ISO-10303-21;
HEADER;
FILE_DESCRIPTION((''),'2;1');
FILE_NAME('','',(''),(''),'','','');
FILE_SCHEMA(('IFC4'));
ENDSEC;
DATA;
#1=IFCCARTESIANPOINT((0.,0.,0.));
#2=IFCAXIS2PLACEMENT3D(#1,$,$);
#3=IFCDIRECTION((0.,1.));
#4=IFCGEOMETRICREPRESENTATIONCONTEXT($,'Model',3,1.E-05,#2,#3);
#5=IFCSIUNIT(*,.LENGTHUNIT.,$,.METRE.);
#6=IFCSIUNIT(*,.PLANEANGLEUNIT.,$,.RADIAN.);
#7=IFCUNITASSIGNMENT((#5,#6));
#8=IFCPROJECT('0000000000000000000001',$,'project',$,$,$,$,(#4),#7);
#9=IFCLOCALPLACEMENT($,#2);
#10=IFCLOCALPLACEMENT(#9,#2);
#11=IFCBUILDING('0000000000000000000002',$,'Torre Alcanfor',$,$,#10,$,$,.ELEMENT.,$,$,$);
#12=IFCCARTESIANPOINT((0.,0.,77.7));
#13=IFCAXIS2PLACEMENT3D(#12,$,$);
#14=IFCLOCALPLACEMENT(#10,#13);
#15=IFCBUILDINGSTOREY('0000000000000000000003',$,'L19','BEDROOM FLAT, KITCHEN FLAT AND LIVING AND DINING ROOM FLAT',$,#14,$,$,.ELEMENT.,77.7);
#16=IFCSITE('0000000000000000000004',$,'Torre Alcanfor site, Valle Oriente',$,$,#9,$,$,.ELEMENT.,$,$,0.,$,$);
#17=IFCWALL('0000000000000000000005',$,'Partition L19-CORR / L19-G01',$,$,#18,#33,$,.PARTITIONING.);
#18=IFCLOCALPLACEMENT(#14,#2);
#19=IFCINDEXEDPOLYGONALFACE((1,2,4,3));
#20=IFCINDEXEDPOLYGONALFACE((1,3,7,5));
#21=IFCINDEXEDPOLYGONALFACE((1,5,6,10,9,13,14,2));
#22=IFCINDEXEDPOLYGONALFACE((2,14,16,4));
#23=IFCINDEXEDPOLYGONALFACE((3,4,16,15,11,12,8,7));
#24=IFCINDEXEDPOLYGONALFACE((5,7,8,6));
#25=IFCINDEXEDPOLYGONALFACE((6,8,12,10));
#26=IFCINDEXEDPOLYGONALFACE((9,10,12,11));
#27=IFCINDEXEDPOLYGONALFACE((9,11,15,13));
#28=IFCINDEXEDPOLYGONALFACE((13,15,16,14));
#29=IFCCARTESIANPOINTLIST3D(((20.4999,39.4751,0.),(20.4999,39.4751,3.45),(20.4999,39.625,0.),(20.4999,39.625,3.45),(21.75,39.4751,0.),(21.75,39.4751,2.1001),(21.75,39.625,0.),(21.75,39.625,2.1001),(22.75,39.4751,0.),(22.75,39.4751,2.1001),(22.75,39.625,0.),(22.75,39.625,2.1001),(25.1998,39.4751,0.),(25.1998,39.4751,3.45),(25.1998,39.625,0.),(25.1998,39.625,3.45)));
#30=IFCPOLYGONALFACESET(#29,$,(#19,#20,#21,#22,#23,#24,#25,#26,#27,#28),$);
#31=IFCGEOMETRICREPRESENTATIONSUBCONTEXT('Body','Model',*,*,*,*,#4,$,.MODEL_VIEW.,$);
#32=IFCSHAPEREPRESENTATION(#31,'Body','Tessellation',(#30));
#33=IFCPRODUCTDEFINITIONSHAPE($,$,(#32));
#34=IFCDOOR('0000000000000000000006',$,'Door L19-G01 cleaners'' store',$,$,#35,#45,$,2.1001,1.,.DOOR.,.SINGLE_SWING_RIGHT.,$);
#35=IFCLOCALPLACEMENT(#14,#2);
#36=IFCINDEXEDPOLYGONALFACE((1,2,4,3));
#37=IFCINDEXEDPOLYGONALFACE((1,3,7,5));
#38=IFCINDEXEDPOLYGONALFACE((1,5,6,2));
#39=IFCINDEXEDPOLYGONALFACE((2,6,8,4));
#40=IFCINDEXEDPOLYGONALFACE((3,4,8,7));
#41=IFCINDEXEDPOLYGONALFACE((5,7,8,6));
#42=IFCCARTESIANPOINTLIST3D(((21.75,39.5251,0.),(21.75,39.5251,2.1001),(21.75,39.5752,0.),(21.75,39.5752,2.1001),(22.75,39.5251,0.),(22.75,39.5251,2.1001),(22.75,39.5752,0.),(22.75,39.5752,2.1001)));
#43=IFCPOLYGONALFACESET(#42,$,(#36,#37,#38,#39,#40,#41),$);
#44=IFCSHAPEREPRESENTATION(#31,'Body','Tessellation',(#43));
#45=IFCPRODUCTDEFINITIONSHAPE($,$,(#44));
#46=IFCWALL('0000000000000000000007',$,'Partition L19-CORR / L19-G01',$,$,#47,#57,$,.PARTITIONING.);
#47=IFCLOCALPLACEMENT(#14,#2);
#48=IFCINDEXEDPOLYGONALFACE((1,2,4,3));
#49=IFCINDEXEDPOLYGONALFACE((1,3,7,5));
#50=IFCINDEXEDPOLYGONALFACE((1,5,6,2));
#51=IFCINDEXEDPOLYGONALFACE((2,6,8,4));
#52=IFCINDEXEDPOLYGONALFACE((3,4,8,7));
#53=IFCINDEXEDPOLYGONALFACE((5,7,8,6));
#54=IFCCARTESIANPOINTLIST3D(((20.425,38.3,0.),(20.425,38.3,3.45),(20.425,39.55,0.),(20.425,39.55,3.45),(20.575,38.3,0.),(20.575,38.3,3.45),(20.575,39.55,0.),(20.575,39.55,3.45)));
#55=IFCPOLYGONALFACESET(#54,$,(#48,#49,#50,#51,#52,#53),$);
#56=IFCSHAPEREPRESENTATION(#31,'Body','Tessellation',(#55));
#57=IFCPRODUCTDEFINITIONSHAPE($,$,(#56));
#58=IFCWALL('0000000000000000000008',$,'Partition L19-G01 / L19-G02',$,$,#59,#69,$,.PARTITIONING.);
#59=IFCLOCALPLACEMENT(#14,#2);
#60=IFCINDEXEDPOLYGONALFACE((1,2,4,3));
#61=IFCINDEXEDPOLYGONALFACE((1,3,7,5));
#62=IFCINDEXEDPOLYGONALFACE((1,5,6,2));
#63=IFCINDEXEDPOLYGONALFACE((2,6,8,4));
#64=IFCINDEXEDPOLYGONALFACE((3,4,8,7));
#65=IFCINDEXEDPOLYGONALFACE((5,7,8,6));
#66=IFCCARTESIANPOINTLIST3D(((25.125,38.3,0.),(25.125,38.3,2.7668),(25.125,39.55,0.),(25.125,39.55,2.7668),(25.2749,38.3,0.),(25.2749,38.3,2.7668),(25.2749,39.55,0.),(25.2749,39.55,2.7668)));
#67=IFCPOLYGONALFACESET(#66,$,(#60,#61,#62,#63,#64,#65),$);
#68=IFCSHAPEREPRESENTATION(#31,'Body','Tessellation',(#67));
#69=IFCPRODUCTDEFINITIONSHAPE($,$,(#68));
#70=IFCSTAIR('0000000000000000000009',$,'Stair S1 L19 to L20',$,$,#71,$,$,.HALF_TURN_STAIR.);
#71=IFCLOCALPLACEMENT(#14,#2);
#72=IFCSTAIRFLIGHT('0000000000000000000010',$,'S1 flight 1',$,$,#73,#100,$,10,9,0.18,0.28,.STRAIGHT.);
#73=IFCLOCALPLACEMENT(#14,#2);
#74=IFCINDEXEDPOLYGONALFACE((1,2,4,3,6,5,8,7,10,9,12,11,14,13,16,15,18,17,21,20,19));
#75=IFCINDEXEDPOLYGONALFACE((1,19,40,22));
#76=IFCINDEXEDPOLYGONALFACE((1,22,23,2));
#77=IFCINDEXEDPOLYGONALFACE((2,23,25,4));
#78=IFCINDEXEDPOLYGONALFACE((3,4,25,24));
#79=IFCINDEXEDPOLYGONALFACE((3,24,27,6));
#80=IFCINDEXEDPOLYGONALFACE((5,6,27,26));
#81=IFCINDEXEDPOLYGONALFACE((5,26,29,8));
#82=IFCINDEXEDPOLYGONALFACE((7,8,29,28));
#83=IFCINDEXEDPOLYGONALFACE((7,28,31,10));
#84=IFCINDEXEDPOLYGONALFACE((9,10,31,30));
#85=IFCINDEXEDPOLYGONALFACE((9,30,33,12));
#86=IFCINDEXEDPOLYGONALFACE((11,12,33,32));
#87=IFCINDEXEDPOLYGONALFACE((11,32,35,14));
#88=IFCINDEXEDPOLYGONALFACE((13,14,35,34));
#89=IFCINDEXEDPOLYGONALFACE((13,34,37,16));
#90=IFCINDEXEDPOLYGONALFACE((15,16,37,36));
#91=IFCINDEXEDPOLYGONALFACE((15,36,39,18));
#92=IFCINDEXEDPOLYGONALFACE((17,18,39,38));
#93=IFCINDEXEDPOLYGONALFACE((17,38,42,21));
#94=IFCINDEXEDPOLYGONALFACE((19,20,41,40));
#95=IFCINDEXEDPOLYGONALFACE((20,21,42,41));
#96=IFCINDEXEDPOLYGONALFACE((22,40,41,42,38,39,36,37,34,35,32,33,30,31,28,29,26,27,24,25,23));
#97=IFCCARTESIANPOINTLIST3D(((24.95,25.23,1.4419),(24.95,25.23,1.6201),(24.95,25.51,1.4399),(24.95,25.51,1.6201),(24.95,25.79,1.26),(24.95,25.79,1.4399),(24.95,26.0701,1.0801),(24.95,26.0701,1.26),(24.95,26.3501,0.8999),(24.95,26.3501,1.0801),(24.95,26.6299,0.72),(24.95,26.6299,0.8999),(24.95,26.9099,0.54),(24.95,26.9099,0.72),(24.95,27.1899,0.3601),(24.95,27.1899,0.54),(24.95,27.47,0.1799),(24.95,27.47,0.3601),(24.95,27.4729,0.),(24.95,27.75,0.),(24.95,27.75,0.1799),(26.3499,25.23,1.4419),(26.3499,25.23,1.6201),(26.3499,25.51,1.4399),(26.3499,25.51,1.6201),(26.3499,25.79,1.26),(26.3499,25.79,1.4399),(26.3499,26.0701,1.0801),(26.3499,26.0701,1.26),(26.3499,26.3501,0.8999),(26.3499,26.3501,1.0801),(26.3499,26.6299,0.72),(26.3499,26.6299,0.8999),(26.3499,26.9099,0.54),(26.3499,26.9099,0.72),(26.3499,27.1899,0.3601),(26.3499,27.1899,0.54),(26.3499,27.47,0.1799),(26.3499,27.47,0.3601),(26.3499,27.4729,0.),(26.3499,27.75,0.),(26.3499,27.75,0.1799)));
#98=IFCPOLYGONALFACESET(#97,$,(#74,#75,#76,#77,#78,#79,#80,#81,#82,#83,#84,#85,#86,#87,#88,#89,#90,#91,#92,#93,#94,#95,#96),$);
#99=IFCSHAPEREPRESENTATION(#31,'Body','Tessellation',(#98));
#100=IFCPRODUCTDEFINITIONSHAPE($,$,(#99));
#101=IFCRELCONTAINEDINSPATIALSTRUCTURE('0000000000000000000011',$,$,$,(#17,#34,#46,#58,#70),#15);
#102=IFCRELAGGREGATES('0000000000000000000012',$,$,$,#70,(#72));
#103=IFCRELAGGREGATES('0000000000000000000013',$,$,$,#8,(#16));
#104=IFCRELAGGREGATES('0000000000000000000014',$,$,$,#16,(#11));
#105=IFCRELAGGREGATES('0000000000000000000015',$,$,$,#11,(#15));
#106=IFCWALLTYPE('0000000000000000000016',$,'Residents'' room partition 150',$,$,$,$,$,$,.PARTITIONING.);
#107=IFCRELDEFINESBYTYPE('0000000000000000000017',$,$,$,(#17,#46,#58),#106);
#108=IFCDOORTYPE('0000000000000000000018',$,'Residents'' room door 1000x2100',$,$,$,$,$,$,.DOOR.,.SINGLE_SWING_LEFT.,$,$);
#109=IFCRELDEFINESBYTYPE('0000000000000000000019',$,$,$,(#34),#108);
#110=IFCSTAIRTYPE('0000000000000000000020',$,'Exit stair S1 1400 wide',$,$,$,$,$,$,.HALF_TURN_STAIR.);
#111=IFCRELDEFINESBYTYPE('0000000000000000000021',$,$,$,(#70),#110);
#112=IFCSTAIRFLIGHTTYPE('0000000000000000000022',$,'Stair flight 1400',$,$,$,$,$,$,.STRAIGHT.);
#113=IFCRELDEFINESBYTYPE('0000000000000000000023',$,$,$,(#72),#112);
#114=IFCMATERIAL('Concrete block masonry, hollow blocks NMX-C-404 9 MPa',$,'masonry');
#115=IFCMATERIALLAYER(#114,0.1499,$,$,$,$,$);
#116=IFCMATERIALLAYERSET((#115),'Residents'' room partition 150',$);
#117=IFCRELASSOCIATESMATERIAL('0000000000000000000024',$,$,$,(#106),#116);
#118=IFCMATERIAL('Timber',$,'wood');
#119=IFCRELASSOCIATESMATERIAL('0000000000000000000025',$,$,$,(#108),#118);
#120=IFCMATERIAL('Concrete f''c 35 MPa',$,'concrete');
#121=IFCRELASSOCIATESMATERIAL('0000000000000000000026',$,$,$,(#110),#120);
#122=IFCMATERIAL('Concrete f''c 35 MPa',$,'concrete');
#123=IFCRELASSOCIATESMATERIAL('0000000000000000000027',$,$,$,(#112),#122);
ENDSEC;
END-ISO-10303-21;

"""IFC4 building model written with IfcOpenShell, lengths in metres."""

from ifc_helpers import new_model, si_unit, direction, frame, frame_2d, origin, place, context, subcontext, project, spatial, polyline, rectangle, outline, extrude, material, layer, layer_set, type_object, element, fill, aggregate, save


model = new_model("IFC4")

# Units and contexts
model_context = context("Model", 3, precision=1e-05, world=origin(), true_north=direction((0.0, 1.0)))
body_context = subcontext(model_context, "Body", "Model", "MODEL_VIEW")
ifc_project = project(units=[si_unit("LENGTHUNIT", "METRE"), si_unit("PLANEANGLEUNIT", "RADIAN")], contexts=[model_context])

# Site, building, storey
site_placement = place(None, origin())
site = spatial("IfcSite", under=ifc_project, at=site_placement, Name="Torre Alcanfor site, Valle Oriente", CompositionType="ELEMENT", RefElevation=0.0)
building_placement = place(site_placement, origin())
building = spatial("IfcBuilding", under=site, at=building_placement, Name="Torre Alcanfor", CompositionType="ELEMENT")
storey_placement = place(building_placement, frame((0.0, 0.0, 77.7)))
storey = spatial("IfcBuildingStorey", under=building, at=storey_placement, Name="L19", Description="BEDROOM FLAT, KITCHEN FLAT AND LIVING AND DINING ROOM FLAT", CompositionType="ELEMENT", Elevation=77.7)

# Wall, opening, door
ifc_material_1 = material(Name="Concrete block masonry, hollow blocks NMX-C-404 9 MPa", Category="masonry")
ifc_layer_1 = layer(ifc_material_1, 0.1499)
ifc_layer_set_1 = layer_set([ifc_layer_1], Name="Residents' room partition 150")
wall_type_1 = type_object("IfcWallType", Name="Residents' room partition 150", PredefinedType="PARTITIONING", material=ifc_layer_set_1)
wall_1_placement = place(storey_placement, frame((25.2, 39.55, 0.0), z_axis=(0.0, 0.0, 1.0), x_axis=(-1.0, 0.0, 0.0)))
wall_1 = element("IfcWall", 1, at=wall_1_placement, inside=storey, type_object=wall_type_1, Name="Partition L19-CORR / L19-G01", PredefinedType="PARTITIONING", context=body_context, shape_type="SweptSolid", body=[
    extrude(rectangle(XDim=4.7, YDim=0.1499, at=frame_2d((2.3501, 0.0))), origin(), (0.0, 0.0, 1.0), 3.45),
])
opening_1_placement = place(wall_1_placement, frame((2.45, 0.0, 0.0)))
opening_1 = element("IfcOpeningElement", 2, at=opening_1_placement, cuts=wall_1, PredefinedType="OPENING", context=body_context, shape_type="SweptSolid", body=[
    extrude(rectangle(XDim=1.0, YDim=2.1001, at=frame_2d((0.5, 1.05))), frame((0.0, 0.085, 0.0), z_axis=(0.0, -1.0, 0.0), x_axis=(1.0, 0.0, 0.0)), (0.0, 0.0, 1.0), 0.1699),
])
ifc_material_2 = material(Name="Timber", Category="wood")
door_type_1 = type_object("IfcDoorType", Name="Residents' room door 1000x2100", OperationType="SINGLE_SWING_LEFT", PredefinedType="DOOR", material=ifc_material_2)
door_1_placement = place(opening_1_placement, origin())
door_1 = element("IfcDoor", 3, at=door_1_placement, inside=storey, type_object=door_type_1, Name="Door L19-G01 cleaners' store", OperationType="SINGLE_SWING_RIGHT", OverallHeight=2.1001, OverallWidth=1.0, PredefinedType="DOOR", context=body_context, shape_type="SweptSolid", body=[
    extrude(rectangle(XDim=1.0, YDim=2.1001, at=frame_2d((0.5, 1.05))), frame((0.0, 0.0249, 0.0), z_axis=(0.0, -1.0, 0.0), x_axis=(1.0, 0.0, 0.0)), (0.0, 0.0, 1.0), 0.05),
])
fill(opening_1, door_1)

# Walls
wall_2_placement = place(storey_placement, frame((20.5, 39.55, 0.0), z_axis=(0.0, 0.0, 1.0), x_axis=(0.0, -1.0, 0.0)))
element("IfcWall", 4, at=wall_2_placement, inside=storey, type_object=wall_type_1, Name="Partition L19-CORR / L19-G01", PredefinedType="PARTITIONING", context=body_context, shape_type="SweptSolid", body=[
    extrude(rectangle(XDim=1.25, YDim=0.1499, at=frame_2d((0.625, 0.0))), origin(), (0.0, 0.0, 1.0), 3.45),
])
wall_3_placement = place(storey_placement, frame((25.2, 38.3, 0.0), z_axis=(0.0, 0.0, 1.0), x_axis=(0.0, 1.0, 0.0)))
element("IfcWall", 5, at=wall_3_placement, inside=storey, type_object=wall_type_1, Name="Partition L19-G01 / L19-G02", PredefinedType="PARTITIONING", context=body_context, shape_type="SweptSolid", body=[
    extrude(rectangle(XDim=1.25, YDim=0.1499, at=frame_2d((0.625, 0.0))), origin(), (0.0, 0.0, 1.0), 2.7668),
])

# Stair, stair flight
ifc_material_3 = material(Name="Concrete f'c 35 MPa", Category="concrete")
stair_type = type_object("IfcStairType", Name="Exit stair S1 1400 wide", PredefinedType="HALF_TURN_STAIR", material=ifc_material_3)
stair_placement = place(storey_placement, origin())
stair = element("IfcStair", 6, at=stair_placement, inside=storey, type_object=stair_type, Name="Stair S1 L19 to L20", PredefinedType="HALF_TURN_STAIR")
ifc_material_4 = material(Name="Concrete f'c 35 MPa", Category="concrete")
stair_flight_type = type_object("IfcStairFlightType", Name="Stair flight 1400", PredefinedType="STRAIGHT", material=ifc_material_4)
stair_flight_placement = place(storey_placement, frame((25.6499, 27.75, 0.0), z_axis=(0.0, 0.0, 1.0), x_axis=(0.0, -1.0, 0.0)))
stair_flight = element("IfcStairFlight", 7, at=stair_flight_placement, type_object=stair_flight_type, Name="S1 flight 1", NumberOfRisers=10, NumberOfTreads=9, PredefinedType="STRAIGHT", RiserHeight=0.18, TreadLength=0.28, context=body_context, shape_type="SweptSolid", body=[
    extrude(outline(polyline([(0.0, 0.0), (0.0, 0.1799), (0.28, 0.1799), (0.28, 0.3601), (0.5601, 0.3601), (0.5601, 0.54), (0.8401, 0.54), (0.8401, 0.72), (1.1201, 0.72), (1.1201, 0.8999), (1.3999, 0.8999), (1.3999, 1.0801), (1.6799, 1.0801), (1.6799, 1.26), (1.96, 1.26), (1.96, 1.4399), (2.24, 1.4399), (2.24, 1.6201), (2.52, 1.6201), (2.52, 1.8), (2.52, 1.4419), (0.2771, 0.0), (0.0, 0.0)])), frame((0.0, 0.7, 0.0), z_axis=(0.0, -1.0, 0.0), x_axis=(1.0, 0.0, 0.0)), (0.0, 0.0, 1.0), 1.3999),
])
aggregate(stair, [stair_flight])

save(model, "model.ifc")
